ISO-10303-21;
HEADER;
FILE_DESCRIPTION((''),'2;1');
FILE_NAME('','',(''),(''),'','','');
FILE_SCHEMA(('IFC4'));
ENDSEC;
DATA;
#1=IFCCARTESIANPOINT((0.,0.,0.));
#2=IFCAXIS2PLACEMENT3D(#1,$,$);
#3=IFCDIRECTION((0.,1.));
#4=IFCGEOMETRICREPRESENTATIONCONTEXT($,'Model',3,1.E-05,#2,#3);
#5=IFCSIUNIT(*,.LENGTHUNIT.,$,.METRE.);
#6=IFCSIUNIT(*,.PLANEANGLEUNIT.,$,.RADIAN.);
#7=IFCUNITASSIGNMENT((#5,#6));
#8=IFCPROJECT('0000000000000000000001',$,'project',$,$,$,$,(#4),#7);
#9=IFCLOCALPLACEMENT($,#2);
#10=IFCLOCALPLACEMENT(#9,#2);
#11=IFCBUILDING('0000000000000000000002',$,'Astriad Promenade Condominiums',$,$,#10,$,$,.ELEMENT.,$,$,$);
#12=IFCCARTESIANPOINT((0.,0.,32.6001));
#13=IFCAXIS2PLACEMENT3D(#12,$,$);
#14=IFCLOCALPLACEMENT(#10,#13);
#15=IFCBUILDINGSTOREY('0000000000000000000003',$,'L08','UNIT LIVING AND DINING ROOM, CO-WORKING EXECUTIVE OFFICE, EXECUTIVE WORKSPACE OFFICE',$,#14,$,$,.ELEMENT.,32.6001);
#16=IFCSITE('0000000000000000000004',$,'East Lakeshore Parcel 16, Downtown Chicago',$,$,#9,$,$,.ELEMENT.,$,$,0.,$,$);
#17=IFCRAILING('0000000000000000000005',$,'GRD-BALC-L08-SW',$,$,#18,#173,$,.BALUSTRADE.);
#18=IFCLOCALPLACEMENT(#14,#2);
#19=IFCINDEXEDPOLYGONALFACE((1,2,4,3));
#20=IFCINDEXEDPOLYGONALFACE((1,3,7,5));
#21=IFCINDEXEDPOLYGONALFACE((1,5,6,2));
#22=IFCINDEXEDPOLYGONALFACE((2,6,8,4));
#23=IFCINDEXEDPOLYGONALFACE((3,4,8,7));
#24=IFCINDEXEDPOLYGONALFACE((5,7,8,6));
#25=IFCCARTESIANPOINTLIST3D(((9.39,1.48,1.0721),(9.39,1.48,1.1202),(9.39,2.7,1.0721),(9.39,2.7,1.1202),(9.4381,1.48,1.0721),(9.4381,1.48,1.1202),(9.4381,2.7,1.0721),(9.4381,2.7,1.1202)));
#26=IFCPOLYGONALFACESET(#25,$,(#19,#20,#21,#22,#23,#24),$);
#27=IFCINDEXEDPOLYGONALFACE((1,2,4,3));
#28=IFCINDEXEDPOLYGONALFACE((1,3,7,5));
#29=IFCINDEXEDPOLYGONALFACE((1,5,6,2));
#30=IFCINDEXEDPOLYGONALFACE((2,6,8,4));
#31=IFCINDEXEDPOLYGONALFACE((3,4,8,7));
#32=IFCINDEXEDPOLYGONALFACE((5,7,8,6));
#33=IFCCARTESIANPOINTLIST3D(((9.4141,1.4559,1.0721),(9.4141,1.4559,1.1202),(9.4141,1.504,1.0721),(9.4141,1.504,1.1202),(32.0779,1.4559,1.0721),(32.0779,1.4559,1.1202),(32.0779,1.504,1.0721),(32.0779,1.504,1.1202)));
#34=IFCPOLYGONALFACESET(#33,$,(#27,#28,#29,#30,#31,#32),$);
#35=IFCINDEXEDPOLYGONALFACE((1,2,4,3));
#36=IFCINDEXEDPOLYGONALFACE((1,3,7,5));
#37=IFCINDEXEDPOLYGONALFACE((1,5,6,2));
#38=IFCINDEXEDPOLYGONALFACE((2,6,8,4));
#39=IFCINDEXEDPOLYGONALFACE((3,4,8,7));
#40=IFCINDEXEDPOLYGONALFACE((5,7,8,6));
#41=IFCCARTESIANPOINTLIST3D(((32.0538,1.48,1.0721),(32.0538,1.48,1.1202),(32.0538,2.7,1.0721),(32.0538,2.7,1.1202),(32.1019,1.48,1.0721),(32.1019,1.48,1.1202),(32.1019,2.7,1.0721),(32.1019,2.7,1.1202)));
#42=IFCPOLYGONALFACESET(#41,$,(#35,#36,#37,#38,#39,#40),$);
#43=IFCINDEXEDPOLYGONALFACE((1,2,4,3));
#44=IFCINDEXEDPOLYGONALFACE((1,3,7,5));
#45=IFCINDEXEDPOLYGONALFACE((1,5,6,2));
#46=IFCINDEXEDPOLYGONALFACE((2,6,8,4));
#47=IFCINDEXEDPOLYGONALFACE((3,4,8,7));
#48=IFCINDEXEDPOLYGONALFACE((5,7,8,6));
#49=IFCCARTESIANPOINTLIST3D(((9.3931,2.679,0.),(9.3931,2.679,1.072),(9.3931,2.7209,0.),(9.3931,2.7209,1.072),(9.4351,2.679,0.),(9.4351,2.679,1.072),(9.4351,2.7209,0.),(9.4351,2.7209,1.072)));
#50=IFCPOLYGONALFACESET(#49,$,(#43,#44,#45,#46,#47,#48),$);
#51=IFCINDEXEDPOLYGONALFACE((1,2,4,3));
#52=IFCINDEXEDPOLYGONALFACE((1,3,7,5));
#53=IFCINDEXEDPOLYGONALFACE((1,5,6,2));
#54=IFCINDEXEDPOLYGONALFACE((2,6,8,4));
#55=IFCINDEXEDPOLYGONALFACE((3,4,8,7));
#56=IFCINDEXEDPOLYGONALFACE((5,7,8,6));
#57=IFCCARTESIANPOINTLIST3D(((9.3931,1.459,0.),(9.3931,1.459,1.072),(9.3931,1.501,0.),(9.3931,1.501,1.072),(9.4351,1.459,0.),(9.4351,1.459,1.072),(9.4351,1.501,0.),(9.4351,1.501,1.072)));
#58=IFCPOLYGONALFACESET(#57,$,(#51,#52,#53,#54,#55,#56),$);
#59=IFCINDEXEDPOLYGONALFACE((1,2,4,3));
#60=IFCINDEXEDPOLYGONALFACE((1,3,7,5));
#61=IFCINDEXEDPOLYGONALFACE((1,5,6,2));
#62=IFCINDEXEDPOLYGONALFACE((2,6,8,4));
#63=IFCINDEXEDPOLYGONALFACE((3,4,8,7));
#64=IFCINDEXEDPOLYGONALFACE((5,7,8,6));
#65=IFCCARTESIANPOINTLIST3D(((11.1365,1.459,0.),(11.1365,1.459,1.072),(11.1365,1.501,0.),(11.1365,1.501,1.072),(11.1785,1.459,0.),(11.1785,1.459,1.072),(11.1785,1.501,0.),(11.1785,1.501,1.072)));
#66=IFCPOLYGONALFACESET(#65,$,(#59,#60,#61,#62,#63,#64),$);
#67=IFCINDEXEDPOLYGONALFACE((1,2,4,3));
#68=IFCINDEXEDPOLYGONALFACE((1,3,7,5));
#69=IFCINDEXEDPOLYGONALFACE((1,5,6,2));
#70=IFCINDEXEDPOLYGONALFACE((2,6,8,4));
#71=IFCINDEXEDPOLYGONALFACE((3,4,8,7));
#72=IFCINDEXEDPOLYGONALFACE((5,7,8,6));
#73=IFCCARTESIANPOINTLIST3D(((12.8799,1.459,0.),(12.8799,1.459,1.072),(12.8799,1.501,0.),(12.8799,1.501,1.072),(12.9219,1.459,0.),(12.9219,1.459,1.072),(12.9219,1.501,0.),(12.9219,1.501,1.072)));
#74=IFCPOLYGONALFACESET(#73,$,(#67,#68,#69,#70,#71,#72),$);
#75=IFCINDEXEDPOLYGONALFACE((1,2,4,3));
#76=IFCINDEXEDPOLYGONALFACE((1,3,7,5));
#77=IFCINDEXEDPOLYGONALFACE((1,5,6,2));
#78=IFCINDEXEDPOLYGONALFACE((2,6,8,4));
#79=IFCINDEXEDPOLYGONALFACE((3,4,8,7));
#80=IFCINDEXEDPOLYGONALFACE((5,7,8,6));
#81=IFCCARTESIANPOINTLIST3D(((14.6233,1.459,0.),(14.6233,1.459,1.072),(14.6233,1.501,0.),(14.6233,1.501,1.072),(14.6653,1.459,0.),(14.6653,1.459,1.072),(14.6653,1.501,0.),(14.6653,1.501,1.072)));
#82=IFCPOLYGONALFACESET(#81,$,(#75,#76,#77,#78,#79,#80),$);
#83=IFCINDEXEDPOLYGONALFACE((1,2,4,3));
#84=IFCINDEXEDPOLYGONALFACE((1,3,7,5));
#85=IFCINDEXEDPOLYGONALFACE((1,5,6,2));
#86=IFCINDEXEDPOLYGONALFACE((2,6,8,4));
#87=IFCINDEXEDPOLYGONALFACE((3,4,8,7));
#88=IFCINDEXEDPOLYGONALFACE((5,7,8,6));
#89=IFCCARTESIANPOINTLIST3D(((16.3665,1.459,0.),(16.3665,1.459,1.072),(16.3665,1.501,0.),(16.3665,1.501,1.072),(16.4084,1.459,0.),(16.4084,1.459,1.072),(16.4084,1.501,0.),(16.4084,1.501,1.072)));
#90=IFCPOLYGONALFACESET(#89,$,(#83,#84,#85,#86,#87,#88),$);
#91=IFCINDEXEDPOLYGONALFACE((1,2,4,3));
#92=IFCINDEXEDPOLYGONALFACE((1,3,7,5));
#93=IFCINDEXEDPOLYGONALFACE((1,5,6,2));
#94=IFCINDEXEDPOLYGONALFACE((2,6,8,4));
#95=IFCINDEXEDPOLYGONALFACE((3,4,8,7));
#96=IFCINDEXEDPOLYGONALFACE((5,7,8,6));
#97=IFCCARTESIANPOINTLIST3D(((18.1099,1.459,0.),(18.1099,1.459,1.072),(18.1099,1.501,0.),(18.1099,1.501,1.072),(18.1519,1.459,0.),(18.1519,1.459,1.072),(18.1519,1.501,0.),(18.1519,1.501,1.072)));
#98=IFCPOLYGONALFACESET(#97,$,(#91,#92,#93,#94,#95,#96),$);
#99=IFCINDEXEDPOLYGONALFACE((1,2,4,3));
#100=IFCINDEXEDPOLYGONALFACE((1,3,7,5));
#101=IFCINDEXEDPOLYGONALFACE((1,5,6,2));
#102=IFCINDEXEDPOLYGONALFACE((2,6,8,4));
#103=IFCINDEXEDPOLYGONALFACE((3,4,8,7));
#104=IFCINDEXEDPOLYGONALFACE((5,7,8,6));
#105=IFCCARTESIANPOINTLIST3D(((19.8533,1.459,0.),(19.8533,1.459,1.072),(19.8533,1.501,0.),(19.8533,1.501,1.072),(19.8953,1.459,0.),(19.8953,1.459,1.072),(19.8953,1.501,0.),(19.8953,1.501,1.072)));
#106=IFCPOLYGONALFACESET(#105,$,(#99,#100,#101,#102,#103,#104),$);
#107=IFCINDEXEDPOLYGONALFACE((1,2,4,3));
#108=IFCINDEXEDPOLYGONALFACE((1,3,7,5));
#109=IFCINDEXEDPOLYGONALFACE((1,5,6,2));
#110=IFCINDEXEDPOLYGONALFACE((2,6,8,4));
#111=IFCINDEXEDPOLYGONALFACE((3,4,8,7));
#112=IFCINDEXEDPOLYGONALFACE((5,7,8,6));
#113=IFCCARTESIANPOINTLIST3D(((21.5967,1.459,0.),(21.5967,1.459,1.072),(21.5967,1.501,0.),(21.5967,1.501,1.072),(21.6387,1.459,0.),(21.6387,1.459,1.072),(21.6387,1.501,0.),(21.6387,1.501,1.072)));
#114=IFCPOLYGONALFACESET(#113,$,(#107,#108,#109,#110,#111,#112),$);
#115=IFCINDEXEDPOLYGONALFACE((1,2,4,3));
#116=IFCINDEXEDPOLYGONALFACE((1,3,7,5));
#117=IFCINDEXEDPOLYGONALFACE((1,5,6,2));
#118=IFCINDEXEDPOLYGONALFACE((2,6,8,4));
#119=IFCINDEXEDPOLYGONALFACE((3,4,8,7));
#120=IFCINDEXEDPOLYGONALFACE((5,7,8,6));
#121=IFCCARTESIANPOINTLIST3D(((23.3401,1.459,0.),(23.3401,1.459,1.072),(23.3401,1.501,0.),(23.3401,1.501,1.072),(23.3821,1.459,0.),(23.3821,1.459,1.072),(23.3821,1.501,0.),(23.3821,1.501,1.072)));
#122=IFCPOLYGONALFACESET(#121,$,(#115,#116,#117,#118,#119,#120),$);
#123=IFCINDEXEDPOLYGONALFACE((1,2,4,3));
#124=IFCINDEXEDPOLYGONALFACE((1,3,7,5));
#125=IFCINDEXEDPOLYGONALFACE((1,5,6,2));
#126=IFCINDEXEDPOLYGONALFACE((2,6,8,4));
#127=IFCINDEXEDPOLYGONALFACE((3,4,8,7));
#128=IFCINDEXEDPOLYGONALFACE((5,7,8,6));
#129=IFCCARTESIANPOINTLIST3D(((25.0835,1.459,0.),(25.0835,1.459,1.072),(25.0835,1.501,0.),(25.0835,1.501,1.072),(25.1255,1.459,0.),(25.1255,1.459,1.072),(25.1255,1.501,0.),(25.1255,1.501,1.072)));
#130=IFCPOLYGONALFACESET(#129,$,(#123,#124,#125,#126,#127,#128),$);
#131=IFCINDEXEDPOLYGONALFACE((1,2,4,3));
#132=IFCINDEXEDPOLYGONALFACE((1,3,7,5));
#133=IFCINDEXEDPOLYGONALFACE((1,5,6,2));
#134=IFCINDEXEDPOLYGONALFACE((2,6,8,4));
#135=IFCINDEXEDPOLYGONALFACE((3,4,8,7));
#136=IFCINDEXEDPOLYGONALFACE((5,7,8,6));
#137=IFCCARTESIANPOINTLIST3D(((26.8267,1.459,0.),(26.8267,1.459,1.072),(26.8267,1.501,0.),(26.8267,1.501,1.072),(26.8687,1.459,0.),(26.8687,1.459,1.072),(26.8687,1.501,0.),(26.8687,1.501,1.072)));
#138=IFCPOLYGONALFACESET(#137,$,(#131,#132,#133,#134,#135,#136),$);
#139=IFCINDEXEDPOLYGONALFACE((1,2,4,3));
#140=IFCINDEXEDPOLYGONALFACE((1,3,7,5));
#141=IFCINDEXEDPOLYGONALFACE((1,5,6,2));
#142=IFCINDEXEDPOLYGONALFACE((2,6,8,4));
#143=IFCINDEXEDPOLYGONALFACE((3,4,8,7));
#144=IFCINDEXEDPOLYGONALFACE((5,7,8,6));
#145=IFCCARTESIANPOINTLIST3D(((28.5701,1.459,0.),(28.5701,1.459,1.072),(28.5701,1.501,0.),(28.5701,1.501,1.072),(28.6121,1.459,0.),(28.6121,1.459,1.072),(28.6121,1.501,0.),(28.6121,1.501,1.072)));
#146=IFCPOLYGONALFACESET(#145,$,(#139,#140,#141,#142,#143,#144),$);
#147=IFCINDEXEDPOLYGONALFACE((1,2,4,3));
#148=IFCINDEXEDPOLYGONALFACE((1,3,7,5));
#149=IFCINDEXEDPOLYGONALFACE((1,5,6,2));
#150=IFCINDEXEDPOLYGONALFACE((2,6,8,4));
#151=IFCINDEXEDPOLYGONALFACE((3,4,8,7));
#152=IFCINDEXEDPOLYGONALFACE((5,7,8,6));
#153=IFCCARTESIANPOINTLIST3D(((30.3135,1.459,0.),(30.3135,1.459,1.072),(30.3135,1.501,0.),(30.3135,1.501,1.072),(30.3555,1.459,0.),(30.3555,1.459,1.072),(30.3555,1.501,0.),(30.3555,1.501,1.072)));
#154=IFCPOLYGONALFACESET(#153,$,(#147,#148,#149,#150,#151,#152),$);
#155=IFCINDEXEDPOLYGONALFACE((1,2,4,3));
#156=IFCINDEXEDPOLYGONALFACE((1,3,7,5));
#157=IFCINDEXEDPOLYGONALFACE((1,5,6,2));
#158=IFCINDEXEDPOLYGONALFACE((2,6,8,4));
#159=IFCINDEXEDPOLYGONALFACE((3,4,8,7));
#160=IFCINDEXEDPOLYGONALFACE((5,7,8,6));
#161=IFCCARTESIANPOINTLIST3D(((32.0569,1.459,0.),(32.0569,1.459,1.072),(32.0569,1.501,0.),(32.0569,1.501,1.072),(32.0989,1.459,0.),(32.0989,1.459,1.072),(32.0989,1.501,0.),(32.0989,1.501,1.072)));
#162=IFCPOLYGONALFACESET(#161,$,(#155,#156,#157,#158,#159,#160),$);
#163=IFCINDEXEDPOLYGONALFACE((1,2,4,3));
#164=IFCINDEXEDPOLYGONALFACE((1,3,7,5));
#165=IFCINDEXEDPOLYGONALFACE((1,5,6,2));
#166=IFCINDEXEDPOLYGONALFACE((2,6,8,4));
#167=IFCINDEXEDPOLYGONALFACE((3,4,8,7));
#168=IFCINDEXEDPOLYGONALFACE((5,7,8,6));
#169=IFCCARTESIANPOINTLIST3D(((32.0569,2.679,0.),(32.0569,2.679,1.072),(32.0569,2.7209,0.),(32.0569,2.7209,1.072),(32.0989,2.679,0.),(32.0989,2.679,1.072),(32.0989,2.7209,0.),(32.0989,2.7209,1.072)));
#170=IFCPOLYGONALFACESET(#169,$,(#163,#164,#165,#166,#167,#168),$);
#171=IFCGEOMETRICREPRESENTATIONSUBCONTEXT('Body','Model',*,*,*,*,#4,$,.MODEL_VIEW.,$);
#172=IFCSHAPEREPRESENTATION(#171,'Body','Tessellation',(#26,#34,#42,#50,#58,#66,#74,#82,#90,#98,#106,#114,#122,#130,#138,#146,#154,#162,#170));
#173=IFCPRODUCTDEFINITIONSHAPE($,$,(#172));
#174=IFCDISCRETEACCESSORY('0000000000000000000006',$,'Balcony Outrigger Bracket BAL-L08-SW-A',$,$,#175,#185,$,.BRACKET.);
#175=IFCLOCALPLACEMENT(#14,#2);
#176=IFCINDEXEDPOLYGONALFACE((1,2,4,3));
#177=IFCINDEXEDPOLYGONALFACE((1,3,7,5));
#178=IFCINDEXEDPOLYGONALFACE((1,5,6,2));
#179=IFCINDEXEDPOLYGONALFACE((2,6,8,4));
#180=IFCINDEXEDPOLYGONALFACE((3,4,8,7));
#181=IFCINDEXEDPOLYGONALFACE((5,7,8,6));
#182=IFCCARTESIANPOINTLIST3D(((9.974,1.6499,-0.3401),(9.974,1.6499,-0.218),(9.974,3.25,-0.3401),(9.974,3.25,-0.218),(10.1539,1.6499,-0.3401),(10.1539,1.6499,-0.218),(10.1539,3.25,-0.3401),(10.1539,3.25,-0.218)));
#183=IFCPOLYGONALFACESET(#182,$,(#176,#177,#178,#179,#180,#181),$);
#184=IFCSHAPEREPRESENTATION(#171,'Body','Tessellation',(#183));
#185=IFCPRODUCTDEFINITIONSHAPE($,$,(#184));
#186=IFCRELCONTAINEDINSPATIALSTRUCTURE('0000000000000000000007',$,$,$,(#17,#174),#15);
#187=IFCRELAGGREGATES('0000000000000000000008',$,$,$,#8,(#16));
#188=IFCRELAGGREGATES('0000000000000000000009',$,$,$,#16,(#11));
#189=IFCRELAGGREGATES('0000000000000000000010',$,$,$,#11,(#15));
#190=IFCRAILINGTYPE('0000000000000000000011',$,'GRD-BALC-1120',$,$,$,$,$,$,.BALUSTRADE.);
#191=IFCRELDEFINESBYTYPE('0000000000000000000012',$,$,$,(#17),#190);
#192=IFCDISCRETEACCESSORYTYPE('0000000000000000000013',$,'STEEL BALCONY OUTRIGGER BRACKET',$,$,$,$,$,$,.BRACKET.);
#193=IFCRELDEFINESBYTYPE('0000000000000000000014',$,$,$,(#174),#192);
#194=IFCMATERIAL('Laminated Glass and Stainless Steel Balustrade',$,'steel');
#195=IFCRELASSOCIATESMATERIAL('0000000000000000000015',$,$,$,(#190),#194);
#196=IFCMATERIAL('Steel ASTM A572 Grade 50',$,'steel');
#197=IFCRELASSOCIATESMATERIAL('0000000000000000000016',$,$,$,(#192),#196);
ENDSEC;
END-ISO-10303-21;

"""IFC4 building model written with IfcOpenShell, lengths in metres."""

from ifc_helpers import new_model, si_unit, direction, frame, origin, origin_2d, place, context, subcontext, project, spatial, rectangle, extrude, source, transform, mapped, material, type_object, type_shapes, element, save


model = new_model("IFC4")

# Units and contexts
model_context = context("Model", 3, precision=1e-05, world=origin(), true_north=direction((0.0, 1.0)))
body_context = subcontext(model_context, "Body", "Model", "MODEL_VIEW")
ifc_project = project(units=[si_unit("LENGTHUNIT", "METRE"), si_unit("PLANEANGLEUNIT", "RADIAN")], contexts=[model_context])

# Site, building, storey
site_placement = place(None, origin())
site = spatial("IfcSite", under=ifc_project, at=site_placement, Name="East Lakeshore Parcel 16, Downtown Chicago", CompositionType="ELEMENT", RefElevation=0.0)
building_placement = place(site_placement, origin())
building = spatial("IfcBuilding", under=site, at=building_placement, Name="Astriad Promenade Condominiums", CompositionType="ELEMENT")
storey_placement = place(building_placement, frame((0.0, 0.0, 32.6001)))
storey = spatial("IfcBuildingStorey", under=building, at=storey_placement, Name="L08", Description="UNIT LIVING AND DINING ROOM, CO-WORKING EXECUTIVE OFFICE, EXECUTIVE WORKSPACE OFFICE", CompositionType="ELEMENT", Elevation=32.6001)

# Railing
ifc_material_1 = material(Name="Laminated Glass and Stainless Steel Balustrade", Category="steel")
railing_type = type_object("IfcRailingType", Name="GRD-BALC-1120", PredefinedType="BALUSTRADE", material=ifc_material_1)
shared_shape_1 = source(origin(), body_context, "Body", "SweptSolid", [
    extrude(rectangle(XDim=0.0481, YDim=0.0481, at=origin_2d()), frame((0.0, 0.0, 1.0962), z_axis=(0.0, -1.0, 0.0), x_axis=(1.0, 0.0, 0.0)), (0.0, 0.0, 1.0), 1.22),
    extrude(rectangle(XDim=0.0481, YDim=0.0481, at=origin_2d()), frame((0.0, -1.22, 1.0962), z_axis=(1.0, 0.0, 0.0), x_axis=(0.0, 1.0, 0.0)), (0.0, 0.0, 1.0), 22.6638),
    extrude(rectangle(XDim=0.0481, YDim=0.0481, at=origin_2d()), frame((22.6638, -1.22, 1.0962), z_axis=(0.0, 1.0, 0.0), x_axis=(-1.0, 0.0, 0.0)), (0.0, 0.0, 1.0), 1.22),
    extrude(rectangle(XDim=0.042, YDim=0.042, at=origin_2d()), origin(), (0.0, 0.0, 1.0), 1.072),
    extrude(rectangle(XDim=0.042, YDim=0.042, at=origin_2d()), frame((0.0, -1.22, 0.0)), (0.0, 0.0, 1.0), 1.072),
    extrude(rectangle(XDim=0.042, YDim=0.042, at=origin_2d()), frame((1.7434, -1.22, 0.0)), (0.0, 0.0, 1.0), 1.072),
    extrude(rectangle(XDim=0.042, YDim=0.042, at=origin_2d()), frame((3.4868, -1.22, 0.0)), (0.0, 0.0, 1.0), 1.072),
    extrude(rectangle(XDim=0.042, YDim=0.042, at=origin_2d()), frame((5.2302, -1.22, 0.0)), (0.0, 0.0, 1.0), 1.072),
    extrude(rectangle(XDim=0.042, YDim=0.042, at=origin_2d()), frame((6.9734, -1.22, 0.0)), (0.0, 0.0, 1.0), 1.072),
    extrude(rectangle(XDim=0.042, YDim=0.042, at=origin_2d()), frame((8.7168, -1.22, 0.0)), (0.0, 0.0, 1.0), 1.072),
    extrude(rectangle(XDim=0.042, YDim=0.042, at=origin_2d()), frame((10.4602, -1.22, 0.0)), (0.0, 0.0, 1.0), 1.072),
    extrude(rectangle(XDim=0.042, YDim=0.042, at=origin_2d()), frame((12.2036, -1.22, 0.0)), (0.0, 0.0, 1.0), 1.072),
    extrude(rectangle(XDim=0.042, YDim=0.042, at=origin_2d()), frame((13.947, -1.22, 0.0)), (0.0, 0.0, 1.0), 1.072),
    extrude(rectangle(XDim=0.042, YDim=0.042, at=origin_2d()), frame((15.6904, -1.22, 0.0)), (0.0, 0.0, 1.0), 1.072),
    extrude(rectangle(XDim=0.042, YDim=0.042, at=origin_2d()), frame((17.4336, -1.22, 0.0)), (0.0, 0.0, 1.0), 1.072),
    extrude(rectangle(XDim=0.042, YDim=0.042, at=origin_2d()), frame((19.177, -1.22, 0.0)), (0.0, 0.0, 1.0), 1.072),
    extrude(rectangle(XDim=0.042, YDim=0.042, at=origin_2d()), frame((20.9204, -1.22, 0.0)), (0.0, 0.0, 1.0), 1.072),
    extrude(rectangle(XDim=0.042, YDim=0.042, at=origin_2d()), frame((22.6638, -1.22, 0.0)), (0.0, 0.0, 1.0), 1.072),
    extrude(rectangle(XDim=0.042, YDim=0.042, at=origin_2d()), frame((22.6638, 0.0, 0.0)), (0.0, 0.0, 1.0), 1.072),
])
type_shapes(railing_type, [shared_shape_1])
railing_placement = place(storey_placement, frame((9.4141, 2.7, 0.0)))
element("IfcRailing", 1, at=railing_placement, inside=storey, type_object=railing_type, Name="GRD-BALC-L08-SW", PredefinedType="BALUSTRADE", context=body_context, shape_type="MappedRepresentation", body=[
    mapped(shared_shape_1, transform((0.0, 0.0, 0.0), scale=1.0)),
])

# Discrete accessory
ifc_material_2 = material(Name="Steel ASTM A572 Grade 50", Category="steel")
discrete_accessory_type = type_object("IfcDiscreteAccessoryType", Name="STEEL BALCONY OUTRIGGER BRACKET", PredefinedType="BRACKET", material=ifc_material_2)
shared_shape_2 = source(origin(), body_context, "Body", "SweptSolid", [
    extrude(rectangle(XDim=1.6001, YDim=0.1799, at=origin_2d()), origin(), (0.0, 0.0, 1.0), 0.1221),
])
type_shapes(discrete_accessory_type, [shared_shape_2])
discrete_accessory_placement = place(storey_placement, frame((10.064, 2.45, -0.3401), z_axis=(0.0, 0.0, 1.0), x_axis=(0.0, -1.0, 0.0)))
element("IfcDiscreteAccessory", 2, at=discrete_accessory_placement, inside=storey, type_object=discrete_accessory_type, Name="Balcony Outrigger Bracket BAL-L08-SW-A", PredefinedType="BRACKET", context=body_context, shape_type="MappedRepresentation", body=[
    mapped(shared_shape_2, transform((0.0, 0.0, 0.0), scale=1.0)),
])

save(model, "model.ifc")
